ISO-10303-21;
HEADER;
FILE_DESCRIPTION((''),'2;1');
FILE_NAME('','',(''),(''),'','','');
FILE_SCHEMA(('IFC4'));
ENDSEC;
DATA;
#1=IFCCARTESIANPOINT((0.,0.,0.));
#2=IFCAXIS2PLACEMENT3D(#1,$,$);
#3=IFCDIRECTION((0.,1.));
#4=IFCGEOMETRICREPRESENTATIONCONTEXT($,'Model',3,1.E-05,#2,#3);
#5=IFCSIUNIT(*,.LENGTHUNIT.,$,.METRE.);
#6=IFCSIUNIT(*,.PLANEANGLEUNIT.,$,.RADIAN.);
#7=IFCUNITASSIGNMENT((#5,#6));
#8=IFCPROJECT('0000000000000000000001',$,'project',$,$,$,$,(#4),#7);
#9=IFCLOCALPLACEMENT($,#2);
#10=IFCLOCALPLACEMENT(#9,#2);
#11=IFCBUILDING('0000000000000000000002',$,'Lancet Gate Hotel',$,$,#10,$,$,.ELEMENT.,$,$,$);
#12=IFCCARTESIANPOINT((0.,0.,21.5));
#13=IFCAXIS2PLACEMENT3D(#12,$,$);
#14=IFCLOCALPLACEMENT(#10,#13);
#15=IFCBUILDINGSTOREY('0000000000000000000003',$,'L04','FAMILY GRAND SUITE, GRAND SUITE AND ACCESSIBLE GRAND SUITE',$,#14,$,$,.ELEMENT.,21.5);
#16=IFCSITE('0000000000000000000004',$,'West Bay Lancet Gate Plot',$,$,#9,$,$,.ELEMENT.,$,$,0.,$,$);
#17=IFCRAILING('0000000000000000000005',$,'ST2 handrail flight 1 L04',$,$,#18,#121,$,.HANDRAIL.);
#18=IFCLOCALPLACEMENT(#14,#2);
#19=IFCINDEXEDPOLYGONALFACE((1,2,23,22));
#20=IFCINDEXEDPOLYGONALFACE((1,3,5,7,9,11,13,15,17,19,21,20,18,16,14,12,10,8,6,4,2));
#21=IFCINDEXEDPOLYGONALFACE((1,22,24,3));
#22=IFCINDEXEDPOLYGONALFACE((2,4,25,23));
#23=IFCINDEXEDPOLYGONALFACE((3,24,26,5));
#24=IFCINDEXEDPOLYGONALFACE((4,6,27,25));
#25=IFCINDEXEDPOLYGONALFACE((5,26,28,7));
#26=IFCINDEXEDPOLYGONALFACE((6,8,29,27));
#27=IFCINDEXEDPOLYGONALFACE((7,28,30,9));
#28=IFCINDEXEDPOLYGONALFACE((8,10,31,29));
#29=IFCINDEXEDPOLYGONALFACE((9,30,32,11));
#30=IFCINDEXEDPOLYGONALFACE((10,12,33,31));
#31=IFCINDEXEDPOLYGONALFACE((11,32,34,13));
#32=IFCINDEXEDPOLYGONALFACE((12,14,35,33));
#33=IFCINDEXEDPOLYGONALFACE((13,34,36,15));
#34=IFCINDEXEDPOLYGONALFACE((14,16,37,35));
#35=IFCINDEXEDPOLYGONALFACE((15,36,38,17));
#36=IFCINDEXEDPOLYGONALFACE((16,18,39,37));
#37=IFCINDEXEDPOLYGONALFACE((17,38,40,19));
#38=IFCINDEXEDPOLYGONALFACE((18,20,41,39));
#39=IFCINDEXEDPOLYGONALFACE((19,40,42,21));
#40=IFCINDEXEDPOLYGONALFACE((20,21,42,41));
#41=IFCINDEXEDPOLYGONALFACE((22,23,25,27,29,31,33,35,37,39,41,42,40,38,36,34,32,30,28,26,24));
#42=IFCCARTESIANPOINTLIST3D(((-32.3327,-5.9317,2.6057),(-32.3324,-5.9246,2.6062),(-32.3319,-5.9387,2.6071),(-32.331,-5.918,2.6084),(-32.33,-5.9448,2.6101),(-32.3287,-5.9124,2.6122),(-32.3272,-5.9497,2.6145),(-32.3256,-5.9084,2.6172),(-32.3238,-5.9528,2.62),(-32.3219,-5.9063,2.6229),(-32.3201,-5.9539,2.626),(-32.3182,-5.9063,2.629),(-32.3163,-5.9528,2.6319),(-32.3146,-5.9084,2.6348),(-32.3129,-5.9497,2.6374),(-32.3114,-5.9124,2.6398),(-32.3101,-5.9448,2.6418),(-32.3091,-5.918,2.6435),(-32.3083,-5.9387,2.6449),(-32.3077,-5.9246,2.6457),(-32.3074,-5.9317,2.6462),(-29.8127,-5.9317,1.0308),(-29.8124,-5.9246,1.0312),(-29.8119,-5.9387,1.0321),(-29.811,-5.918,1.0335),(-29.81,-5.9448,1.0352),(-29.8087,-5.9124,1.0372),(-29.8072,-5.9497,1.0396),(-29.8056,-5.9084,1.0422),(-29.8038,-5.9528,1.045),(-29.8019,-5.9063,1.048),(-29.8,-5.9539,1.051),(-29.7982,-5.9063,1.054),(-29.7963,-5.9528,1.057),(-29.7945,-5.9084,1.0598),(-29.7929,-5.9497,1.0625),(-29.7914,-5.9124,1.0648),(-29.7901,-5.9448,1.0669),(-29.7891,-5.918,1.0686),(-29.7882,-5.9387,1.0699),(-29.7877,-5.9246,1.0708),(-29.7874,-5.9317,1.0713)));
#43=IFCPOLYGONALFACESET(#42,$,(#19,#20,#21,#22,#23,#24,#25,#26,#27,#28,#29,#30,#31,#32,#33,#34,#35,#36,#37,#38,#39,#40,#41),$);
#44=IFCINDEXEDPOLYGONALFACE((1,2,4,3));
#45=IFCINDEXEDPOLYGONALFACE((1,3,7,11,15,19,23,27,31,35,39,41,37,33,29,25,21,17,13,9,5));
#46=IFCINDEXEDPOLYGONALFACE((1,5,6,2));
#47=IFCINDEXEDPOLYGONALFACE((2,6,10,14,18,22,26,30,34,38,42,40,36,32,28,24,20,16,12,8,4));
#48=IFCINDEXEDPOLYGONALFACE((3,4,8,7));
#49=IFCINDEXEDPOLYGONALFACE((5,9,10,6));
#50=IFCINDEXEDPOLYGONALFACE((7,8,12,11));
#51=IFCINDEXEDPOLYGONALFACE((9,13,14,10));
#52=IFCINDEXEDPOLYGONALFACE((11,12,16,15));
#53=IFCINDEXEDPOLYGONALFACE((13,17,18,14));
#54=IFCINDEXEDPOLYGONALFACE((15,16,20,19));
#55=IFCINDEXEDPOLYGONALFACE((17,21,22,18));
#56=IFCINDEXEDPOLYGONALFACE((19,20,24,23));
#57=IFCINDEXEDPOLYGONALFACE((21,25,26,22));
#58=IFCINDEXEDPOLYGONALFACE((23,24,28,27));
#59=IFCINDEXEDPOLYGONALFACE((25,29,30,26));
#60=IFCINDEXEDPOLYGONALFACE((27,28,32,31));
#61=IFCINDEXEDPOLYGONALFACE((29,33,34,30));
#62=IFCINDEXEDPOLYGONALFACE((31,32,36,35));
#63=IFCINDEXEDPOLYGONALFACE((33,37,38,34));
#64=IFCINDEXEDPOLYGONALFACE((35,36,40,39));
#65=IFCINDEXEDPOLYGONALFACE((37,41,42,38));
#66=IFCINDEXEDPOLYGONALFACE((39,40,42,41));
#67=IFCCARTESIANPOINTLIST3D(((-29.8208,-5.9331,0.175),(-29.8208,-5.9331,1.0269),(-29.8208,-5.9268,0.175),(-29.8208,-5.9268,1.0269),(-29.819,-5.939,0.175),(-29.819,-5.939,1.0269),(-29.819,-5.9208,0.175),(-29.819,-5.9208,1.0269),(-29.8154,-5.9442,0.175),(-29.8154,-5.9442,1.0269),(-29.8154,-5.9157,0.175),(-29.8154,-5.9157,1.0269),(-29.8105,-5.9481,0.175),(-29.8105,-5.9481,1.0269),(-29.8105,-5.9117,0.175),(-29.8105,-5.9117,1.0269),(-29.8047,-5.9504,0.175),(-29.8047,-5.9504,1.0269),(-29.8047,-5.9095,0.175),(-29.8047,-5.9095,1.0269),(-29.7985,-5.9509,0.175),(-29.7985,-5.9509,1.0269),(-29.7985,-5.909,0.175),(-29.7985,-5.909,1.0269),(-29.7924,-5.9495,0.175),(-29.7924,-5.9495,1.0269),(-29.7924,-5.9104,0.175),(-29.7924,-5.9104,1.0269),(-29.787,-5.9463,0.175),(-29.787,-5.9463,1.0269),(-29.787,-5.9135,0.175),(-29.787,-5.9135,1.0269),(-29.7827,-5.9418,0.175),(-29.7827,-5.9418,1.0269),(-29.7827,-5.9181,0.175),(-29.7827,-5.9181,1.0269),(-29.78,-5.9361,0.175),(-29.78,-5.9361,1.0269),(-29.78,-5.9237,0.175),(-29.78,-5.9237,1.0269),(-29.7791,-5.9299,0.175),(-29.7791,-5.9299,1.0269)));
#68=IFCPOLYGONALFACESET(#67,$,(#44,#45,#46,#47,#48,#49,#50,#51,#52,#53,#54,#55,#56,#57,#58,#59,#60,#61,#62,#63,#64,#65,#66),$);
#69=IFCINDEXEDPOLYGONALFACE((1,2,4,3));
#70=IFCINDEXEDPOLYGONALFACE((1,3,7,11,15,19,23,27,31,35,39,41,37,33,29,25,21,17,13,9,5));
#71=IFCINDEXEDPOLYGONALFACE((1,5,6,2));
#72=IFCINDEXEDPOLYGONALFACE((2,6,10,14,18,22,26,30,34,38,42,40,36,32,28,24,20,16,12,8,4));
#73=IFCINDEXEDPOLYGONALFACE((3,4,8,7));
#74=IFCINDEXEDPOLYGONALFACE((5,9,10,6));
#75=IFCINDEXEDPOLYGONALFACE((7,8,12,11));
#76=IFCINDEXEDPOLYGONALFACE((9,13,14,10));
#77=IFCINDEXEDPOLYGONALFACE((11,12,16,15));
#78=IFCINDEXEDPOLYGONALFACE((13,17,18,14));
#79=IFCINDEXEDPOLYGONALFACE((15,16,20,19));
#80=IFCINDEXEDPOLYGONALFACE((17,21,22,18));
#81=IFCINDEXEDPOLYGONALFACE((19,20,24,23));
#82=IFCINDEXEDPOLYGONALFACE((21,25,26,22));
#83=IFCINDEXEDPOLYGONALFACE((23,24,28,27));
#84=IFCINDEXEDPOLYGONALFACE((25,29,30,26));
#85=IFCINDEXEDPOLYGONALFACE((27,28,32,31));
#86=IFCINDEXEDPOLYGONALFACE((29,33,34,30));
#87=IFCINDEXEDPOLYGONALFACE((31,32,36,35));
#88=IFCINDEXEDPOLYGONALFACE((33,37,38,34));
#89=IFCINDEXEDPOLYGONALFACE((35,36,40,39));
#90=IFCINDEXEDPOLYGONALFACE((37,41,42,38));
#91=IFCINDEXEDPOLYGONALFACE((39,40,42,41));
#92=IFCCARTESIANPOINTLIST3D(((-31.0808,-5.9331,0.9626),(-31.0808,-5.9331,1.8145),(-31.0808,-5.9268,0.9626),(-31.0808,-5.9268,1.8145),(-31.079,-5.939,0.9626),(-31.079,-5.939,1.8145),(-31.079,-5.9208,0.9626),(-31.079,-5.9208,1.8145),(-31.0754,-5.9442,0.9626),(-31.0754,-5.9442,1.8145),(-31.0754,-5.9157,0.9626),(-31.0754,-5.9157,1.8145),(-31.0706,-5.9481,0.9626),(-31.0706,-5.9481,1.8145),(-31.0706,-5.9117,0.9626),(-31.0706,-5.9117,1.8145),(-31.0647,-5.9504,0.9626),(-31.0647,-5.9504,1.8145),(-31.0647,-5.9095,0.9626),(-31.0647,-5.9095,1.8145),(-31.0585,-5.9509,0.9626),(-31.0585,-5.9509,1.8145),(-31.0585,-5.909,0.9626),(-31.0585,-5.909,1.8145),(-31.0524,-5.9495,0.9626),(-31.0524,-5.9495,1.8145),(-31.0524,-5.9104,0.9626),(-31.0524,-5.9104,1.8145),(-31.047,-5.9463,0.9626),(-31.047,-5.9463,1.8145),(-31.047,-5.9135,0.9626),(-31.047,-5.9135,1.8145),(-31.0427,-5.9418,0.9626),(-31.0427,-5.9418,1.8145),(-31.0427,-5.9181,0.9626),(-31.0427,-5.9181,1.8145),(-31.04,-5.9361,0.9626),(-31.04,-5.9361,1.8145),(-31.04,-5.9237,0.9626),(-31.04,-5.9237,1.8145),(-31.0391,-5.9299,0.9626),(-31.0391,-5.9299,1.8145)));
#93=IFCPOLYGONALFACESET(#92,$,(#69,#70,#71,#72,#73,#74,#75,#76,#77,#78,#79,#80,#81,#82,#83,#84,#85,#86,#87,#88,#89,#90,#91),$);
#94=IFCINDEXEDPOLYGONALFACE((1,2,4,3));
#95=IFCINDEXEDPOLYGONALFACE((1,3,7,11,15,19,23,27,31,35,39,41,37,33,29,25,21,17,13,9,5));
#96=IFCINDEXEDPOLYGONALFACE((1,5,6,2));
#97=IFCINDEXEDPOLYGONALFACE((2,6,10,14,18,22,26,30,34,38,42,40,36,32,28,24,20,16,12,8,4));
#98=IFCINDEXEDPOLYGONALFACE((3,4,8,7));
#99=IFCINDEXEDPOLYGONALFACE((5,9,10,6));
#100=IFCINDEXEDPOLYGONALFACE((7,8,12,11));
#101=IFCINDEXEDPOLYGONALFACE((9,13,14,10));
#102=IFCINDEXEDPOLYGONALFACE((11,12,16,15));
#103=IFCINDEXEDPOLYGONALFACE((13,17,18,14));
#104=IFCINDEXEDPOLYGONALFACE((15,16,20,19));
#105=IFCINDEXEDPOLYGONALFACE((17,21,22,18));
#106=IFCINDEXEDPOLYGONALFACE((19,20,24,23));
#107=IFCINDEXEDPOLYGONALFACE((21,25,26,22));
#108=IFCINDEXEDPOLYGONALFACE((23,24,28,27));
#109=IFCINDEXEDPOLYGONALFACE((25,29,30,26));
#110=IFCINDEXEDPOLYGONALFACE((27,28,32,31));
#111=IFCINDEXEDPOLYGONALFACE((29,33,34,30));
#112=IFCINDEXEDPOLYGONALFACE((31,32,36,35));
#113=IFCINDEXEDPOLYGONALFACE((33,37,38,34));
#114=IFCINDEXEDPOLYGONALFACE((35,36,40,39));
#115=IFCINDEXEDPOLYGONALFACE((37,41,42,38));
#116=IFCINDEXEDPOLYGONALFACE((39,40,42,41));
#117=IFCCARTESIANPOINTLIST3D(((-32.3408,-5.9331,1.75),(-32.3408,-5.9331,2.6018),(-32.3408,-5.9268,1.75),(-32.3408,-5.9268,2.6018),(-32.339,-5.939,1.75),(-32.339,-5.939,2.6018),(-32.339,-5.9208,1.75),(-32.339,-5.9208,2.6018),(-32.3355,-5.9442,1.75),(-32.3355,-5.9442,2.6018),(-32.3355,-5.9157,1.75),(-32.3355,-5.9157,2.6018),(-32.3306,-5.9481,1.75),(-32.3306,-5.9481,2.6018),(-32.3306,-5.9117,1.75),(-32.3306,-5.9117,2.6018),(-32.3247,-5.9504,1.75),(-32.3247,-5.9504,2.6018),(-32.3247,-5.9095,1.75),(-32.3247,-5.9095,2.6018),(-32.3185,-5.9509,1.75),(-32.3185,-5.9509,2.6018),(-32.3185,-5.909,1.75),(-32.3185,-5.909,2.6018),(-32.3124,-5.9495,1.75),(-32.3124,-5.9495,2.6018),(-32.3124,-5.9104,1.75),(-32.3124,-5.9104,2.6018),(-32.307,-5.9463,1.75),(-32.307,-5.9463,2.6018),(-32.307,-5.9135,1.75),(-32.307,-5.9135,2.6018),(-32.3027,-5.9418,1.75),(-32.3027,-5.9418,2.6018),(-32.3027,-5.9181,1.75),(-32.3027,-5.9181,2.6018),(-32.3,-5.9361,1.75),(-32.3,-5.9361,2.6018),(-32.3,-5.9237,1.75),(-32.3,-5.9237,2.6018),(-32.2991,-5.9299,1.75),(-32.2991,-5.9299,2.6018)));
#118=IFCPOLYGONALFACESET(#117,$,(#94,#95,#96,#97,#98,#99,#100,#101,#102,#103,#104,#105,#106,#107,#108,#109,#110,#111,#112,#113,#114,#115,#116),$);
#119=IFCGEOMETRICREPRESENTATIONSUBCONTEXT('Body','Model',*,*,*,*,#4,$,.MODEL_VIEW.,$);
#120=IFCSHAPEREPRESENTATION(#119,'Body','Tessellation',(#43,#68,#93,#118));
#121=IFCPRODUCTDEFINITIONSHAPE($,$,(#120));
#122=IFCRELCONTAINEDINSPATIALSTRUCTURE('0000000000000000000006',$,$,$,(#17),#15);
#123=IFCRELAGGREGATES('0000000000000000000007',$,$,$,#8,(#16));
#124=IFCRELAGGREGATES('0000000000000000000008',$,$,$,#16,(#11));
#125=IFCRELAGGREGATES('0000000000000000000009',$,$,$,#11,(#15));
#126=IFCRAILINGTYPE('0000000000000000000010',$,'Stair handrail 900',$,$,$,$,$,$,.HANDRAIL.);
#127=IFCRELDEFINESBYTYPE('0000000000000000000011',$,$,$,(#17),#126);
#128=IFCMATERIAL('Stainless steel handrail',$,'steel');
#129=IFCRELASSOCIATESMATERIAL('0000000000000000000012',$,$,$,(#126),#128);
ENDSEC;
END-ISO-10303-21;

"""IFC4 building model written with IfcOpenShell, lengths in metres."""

from ifc_helpers import new_model, si_unit, direction, frame, origin, origin_2d, place, context, subcontext, project, spatial, circle, extrude, material, type_object, element, save


model = new_model("IFC4")

# Units and contexts
model_context = context("Model", 3, precision=1e-05, world=origin(), true_north=direction((0.0, 1.0)))
body_context = subcontext(model_context, "Body", "Model", "MODEL_VIEW")
ifc_project = project(units=[si_unit("LENGTHUNIT", "METRE"), si_unit("PLANEANGLEUNIT", "RADIAN")], contexts=[model_context])

# Site, building, storey
site_placement = place(None, origin())
site = spatial("IfcSite", under=ifc_project, at=site_placement, Name="West Bay Lancet Gate Plot", CompositionType="ELEMENT", RefElevation=0.0)
building_placement = place(site_placement, origin())
building = spatial("IfcBuilding", under=site, at=building_placement, Name="Lancet Gate Hotel", CompositionType="ELEMENT")
storey_placement = place(building_placement, frame((0.0, 0.0, 21.5)))
storey = spatial("IfcBuildingStorey", under=building, at=storey_placement, Name="L04", Description="FAMILY GRAND SUITE, GRAND SUITE AND ACCESSIBLE GRAND SUITE", CompositionType="ELEMENT", Elevation=21.5)

# Railing
ifc_material_1 = material(Name="Stainless steel handrail", Category="steel")
railing_type = type_object("IfcRailingType", Name="Stair handrail 900", PredefinedType="HANDRAIL", material=ifc_material_1)
railing_1_placement = place(storey_placement, frame((-29.8, -5.9299, 0.175)))
element("IfcRailing", 1, at=railing_1_placement, inside=storey, type_object=railing_type, Name="ST2 handrail flight 1 L04", PredefinedType="HANDRAIL", context=body_context, shape_type="SweptSolid", body=[
    extrude(circle(Radius=0.0239, at=origin_2d()), frame((0.0, 0.0, 0.876), z_axis=(-0.848008, 0.0, 0.529984), x_axis=(0.0, -1.0, 0.0)), (0.0, 0.0, 1.0), 2.9717),
    extrude(circle(Radius=0.021, at=origin_2d()), origin(), (0.0, 0.0, 1.0), 0.8518),
    extrude(circle(Radius=0.021, at=origin_2d()), frame((-1.26, 0.0, 0.7876)), (0.0, 0.0, 1.0), 0.8518),
    extrude(circle(Radius=0.021, at=origin_2d()), frame((-2.52, 0.0, 1.575)), (0.0, 0.0, 1.0), 0.8518),
])

save(model, "model.ifc")
